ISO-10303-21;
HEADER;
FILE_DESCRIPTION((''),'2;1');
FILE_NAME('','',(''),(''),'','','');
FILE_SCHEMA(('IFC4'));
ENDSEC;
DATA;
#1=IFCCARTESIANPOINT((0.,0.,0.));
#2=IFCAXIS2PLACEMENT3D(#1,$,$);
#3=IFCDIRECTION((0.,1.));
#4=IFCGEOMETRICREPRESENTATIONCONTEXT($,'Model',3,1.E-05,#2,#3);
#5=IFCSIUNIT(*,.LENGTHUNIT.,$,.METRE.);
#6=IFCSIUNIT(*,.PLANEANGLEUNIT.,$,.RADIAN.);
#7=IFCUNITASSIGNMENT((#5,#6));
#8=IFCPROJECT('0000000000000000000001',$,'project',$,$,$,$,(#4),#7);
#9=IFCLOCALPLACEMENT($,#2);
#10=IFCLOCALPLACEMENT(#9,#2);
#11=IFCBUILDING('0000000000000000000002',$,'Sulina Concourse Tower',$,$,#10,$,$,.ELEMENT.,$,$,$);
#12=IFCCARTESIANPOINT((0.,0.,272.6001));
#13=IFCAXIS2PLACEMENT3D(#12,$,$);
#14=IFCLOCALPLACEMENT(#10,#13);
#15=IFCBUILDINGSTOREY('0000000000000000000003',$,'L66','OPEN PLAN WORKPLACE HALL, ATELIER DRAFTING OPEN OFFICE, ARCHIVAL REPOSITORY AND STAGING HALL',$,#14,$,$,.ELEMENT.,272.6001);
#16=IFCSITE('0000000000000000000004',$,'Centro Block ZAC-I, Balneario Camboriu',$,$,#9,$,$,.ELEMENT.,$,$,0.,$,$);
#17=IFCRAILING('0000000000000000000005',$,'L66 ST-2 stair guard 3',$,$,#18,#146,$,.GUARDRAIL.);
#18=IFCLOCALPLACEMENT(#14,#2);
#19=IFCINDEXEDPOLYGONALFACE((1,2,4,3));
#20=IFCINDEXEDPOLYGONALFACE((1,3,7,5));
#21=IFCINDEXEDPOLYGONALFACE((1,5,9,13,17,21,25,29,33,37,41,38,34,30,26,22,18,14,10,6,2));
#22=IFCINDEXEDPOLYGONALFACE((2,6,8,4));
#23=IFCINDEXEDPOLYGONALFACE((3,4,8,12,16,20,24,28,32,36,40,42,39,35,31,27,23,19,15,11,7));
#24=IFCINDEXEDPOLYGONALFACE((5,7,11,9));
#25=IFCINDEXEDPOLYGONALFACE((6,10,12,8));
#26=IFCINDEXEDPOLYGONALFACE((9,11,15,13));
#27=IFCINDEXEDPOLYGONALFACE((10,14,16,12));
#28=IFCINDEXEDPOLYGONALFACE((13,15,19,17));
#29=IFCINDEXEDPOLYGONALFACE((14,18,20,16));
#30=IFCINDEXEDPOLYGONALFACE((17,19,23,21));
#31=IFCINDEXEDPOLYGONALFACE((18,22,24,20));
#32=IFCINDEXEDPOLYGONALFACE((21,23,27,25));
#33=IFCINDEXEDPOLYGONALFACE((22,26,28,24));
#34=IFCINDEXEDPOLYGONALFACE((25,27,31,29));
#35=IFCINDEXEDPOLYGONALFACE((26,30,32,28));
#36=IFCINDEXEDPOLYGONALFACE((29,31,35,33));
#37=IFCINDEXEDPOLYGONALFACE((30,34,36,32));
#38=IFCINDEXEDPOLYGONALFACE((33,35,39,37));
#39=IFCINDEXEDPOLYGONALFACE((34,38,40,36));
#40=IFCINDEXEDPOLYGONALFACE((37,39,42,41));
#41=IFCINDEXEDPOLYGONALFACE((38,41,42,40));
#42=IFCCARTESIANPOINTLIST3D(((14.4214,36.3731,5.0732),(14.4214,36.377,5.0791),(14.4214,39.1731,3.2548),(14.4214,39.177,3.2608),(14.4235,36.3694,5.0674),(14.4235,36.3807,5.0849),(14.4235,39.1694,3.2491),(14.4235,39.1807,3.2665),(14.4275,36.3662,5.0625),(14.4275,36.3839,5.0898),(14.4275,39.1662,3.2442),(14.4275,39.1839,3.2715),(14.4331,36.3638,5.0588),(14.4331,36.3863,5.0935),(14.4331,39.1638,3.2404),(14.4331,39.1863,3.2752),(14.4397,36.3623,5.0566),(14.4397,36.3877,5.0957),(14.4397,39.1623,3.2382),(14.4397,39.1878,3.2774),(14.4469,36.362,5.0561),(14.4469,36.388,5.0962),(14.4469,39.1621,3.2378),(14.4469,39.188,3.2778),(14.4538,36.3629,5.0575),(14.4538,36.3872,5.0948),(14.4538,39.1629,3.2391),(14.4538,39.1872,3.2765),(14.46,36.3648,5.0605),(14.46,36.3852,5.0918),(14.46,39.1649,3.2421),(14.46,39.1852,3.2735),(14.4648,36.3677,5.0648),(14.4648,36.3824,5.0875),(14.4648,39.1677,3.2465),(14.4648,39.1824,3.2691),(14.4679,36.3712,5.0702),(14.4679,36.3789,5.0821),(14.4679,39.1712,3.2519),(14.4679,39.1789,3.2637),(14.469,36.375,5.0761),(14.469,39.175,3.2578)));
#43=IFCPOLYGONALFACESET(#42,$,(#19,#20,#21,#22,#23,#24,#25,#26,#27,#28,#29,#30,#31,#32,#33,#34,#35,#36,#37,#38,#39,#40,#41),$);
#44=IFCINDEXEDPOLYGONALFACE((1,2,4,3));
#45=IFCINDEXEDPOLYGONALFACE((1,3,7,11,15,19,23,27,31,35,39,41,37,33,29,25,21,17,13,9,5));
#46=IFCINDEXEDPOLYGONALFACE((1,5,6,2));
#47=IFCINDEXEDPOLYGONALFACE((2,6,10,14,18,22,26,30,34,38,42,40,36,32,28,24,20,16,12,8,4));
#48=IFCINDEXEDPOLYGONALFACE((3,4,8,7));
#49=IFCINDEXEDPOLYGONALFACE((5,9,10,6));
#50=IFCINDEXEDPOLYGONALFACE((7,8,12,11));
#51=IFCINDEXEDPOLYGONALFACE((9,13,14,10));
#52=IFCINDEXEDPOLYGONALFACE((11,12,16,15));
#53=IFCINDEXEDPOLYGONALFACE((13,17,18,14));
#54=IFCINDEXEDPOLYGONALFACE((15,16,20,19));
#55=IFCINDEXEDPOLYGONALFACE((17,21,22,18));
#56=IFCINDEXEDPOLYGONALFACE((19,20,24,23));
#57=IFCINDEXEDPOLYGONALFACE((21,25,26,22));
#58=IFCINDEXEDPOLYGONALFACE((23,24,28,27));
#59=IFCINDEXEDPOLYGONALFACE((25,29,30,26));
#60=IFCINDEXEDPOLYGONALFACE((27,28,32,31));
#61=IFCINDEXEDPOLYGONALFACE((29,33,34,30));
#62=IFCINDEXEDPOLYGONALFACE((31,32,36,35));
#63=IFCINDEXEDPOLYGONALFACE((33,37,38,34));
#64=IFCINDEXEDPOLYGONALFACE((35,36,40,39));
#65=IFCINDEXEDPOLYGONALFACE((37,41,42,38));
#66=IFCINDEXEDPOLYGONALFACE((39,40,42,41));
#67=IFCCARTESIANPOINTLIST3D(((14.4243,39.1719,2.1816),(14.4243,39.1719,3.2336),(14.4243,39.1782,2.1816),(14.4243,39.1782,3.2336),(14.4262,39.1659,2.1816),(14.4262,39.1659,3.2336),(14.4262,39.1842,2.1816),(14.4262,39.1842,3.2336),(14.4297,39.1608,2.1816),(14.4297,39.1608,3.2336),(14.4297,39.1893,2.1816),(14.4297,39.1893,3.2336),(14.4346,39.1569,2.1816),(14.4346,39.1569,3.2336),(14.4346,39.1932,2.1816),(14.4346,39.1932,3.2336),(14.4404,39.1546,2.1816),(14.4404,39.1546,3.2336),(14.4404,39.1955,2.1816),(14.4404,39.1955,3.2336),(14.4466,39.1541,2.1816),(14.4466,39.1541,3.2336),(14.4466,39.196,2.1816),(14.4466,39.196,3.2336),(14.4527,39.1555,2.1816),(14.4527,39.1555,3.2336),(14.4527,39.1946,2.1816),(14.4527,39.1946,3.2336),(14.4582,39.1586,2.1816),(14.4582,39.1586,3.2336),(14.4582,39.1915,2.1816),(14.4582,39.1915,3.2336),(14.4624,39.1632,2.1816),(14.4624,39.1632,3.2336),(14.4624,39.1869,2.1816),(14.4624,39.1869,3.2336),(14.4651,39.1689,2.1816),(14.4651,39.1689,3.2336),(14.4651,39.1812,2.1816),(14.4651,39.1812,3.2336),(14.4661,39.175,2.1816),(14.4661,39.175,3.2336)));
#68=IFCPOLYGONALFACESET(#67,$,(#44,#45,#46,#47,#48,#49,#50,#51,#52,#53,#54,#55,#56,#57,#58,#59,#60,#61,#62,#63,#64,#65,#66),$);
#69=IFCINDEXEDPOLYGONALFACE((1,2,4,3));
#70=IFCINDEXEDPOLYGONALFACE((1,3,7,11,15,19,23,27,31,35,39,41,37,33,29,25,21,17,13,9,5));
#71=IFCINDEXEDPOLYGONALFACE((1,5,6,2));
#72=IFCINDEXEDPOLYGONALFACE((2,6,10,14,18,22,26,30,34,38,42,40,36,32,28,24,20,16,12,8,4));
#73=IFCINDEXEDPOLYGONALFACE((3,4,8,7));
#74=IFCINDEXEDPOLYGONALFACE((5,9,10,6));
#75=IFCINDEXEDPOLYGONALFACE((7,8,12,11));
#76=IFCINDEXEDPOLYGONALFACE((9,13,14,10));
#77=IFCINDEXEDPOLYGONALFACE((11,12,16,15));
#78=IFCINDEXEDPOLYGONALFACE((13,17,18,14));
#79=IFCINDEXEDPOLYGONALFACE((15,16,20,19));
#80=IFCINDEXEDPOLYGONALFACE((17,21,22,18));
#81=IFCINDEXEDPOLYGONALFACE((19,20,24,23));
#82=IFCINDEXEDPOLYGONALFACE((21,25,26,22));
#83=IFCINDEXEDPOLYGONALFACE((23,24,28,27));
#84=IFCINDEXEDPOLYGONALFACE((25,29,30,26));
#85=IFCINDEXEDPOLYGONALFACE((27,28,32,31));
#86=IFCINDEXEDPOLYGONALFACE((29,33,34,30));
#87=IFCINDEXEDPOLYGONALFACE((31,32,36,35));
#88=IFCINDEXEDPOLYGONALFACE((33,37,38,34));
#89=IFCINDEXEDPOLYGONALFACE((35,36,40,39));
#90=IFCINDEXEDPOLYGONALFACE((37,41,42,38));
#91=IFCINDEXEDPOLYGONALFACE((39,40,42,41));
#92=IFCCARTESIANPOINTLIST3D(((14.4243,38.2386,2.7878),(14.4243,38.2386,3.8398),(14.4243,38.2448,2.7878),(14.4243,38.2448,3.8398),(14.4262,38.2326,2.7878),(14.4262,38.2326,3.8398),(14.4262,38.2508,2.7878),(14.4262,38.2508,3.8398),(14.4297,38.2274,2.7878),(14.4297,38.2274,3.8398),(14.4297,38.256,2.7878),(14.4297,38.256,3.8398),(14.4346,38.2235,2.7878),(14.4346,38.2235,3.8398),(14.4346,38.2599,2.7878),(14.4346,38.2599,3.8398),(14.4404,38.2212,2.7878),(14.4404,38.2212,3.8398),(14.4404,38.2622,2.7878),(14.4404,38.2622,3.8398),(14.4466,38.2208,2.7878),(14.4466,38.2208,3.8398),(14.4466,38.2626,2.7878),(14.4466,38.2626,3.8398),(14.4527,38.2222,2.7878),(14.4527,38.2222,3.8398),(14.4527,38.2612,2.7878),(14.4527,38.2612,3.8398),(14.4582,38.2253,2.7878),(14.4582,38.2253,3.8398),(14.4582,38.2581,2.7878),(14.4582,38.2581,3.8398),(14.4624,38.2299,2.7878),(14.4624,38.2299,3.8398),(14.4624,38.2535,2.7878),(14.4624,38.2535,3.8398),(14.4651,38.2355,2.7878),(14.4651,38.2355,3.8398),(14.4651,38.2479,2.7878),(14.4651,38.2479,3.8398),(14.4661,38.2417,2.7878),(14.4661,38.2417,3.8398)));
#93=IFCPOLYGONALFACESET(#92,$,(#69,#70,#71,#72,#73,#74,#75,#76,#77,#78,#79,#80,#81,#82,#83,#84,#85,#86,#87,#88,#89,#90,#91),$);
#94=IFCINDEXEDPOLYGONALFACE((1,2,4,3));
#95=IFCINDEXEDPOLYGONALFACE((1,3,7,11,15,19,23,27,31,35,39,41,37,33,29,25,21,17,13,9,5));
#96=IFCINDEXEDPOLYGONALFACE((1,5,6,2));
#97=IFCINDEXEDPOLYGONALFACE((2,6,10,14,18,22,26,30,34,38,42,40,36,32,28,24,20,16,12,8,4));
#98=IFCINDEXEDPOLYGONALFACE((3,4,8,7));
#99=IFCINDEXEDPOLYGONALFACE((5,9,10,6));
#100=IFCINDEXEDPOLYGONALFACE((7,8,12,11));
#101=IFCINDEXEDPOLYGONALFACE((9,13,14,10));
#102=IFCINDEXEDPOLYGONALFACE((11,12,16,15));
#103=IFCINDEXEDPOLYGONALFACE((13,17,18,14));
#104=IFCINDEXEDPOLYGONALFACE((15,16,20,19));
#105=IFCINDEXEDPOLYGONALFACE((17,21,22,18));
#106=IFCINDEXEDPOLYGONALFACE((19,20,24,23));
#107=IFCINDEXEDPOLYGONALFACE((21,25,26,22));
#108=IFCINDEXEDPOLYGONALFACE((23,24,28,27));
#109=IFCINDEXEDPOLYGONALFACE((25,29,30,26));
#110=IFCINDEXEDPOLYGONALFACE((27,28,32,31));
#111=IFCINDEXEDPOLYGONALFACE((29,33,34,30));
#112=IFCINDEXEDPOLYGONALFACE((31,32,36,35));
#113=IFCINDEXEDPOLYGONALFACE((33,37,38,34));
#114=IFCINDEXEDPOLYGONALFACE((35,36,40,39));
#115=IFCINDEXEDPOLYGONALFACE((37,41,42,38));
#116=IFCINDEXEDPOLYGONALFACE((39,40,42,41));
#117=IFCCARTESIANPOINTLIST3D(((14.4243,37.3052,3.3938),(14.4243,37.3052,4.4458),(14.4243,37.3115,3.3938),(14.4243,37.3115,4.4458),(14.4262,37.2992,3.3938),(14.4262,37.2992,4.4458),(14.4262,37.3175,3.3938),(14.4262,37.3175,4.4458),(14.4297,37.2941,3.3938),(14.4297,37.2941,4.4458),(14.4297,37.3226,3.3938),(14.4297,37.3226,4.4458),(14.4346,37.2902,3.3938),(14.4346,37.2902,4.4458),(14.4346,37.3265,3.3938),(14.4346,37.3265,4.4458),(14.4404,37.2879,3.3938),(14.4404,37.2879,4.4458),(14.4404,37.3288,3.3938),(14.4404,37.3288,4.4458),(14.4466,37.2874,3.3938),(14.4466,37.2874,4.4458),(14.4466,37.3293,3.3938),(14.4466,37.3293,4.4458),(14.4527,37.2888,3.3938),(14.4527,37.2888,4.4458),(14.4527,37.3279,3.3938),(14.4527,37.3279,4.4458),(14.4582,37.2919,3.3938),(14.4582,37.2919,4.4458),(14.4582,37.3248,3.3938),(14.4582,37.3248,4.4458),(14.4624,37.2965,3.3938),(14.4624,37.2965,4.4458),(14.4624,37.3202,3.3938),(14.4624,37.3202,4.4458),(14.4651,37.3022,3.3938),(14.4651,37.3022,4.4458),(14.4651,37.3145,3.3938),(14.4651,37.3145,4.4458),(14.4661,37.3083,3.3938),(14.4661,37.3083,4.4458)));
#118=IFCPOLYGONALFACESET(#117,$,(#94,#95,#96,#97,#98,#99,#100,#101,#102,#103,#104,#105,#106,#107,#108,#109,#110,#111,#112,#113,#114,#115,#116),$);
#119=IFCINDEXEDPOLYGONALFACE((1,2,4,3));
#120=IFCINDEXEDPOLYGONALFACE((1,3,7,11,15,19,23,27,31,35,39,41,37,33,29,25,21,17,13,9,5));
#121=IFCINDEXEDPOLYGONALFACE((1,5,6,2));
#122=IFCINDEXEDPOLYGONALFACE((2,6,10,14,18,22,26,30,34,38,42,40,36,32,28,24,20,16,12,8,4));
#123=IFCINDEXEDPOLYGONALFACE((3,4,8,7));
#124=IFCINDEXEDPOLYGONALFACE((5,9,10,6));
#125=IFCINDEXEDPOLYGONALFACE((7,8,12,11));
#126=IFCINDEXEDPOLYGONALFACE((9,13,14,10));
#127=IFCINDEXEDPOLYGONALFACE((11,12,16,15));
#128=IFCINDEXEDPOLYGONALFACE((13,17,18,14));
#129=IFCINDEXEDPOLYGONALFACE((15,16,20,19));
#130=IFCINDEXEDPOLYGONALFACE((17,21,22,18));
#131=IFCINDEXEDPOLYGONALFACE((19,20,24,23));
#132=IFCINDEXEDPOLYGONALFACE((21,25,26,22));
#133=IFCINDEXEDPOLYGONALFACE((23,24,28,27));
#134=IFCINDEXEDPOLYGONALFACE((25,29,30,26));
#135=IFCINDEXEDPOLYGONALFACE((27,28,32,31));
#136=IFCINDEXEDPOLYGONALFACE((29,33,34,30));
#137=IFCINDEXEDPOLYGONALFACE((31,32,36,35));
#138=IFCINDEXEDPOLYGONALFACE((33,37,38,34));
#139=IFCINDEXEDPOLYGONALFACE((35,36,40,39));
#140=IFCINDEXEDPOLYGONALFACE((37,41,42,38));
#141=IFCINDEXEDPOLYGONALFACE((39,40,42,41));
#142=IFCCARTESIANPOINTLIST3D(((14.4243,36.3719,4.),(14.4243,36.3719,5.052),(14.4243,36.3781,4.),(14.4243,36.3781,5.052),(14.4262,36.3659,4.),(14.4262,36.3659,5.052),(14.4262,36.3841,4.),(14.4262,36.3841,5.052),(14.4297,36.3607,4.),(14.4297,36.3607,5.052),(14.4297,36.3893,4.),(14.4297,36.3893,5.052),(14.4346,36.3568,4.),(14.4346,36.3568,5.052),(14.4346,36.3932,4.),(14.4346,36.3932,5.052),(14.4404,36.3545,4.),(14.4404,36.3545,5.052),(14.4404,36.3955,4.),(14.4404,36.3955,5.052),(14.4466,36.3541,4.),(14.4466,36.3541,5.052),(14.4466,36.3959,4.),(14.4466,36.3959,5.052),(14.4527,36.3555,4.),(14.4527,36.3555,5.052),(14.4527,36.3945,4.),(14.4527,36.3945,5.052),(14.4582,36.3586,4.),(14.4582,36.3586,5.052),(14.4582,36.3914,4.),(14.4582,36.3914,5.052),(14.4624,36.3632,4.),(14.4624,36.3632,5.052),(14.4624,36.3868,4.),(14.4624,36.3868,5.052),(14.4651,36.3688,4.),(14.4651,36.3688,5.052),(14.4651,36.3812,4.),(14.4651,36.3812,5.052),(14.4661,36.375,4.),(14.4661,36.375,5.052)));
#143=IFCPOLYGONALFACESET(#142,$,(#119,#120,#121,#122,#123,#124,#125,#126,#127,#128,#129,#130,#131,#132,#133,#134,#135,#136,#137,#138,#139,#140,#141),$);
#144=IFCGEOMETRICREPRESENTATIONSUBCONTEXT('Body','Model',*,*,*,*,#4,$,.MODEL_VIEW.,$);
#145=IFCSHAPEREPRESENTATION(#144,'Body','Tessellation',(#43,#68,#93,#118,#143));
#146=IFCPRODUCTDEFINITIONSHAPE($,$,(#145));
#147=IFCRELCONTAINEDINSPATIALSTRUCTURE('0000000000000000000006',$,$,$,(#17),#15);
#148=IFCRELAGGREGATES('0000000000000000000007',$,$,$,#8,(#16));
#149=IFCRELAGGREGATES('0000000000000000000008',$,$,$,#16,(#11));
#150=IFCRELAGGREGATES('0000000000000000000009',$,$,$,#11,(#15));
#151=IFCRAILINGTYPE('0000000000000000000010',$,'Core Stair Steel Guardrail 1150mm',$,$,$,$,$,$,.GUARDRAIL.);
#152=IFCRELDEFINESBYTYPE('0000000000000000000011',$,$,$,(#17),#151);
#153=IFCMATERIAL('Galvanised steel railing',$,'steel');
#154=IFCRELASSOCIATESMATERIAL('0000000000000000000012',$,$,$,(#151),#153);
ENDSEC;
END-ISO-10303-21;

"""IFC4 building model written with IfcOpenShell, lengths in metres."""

from ifc_helpers import new_model, si_unit, direction, frame, origin, origin_2d, place, context, subcontext, project, spatial, circle, extrude, material, type_object, element, save


model = new_model("IFC4")

# Units and contexts
model_context = context("Model", 3, precision=1e-05, world=origin(), true_north=direction((0.0, 1.0)))
body_context = subcontext(model_context, "Body", "Model", "MODEL_VIEW")
ifc_project = project(units=[si_unit("LENGTHUNIT", "METRE"), si_unit("PLANEANGLEUNIT", "RADIAN")], contexts=[model_context])

# Site, building, storey
site_placement = place(None, origin())
site = spatial("IfcSite", under=ifc_project, at=site_placement, Name="Centro Block ZAC-I, Balneario Camboriu", CompositionType="ELEMENT", RefElevation=0.0)
building_placement = place(site_placement, origin())
building = spatial("IfcBuilding", under=site, at=building_placement, Name="Sulina Concourse Tower", CompositionType="ELEMENT")
storey_placement = place(building_placement, frame((0.0, 0.0, 272.6001)))
storey = spatial("IfcBuildingStorey", under=building, at=storey_placement, Name="L66", Description="OPEN PLAN WORKPLACE HALL, ATELIER DRAFTING OPEN OFFICE, ARCHIVAL REPOSITORY AND STAGING HALL", CompositionType="ELEMENT", Elevation=272.6001)

# Railing
ifc_material_1 = material(Name="Galvanised steel railing", Category="steel")
railing_type_1 = type_object("IfcRailingType", Name="Core Stair Steel Guardrail 1150mm", PredefinedType="GUARDRAIL", material=ifc_material_1)
railing_1_placement = place(storey_placement, frame((14.4451, 39.175, 2.1816)))
element("IfcRailing", 1, at=railing_1_placement, inside=storey, type_object=railing_type_1, Name="L66 ST-2 stair guard 3", PredefinedType="GUARDRAIL", context=body_context, shape_type="SweptSolid", body=[
    extrude(circle(Radius=0.0239, at=origin_2d()), frame((0.0, 0.0, 1.0762), z_axis=(0.0, -0.838672, 0.544636), x_axis=(1.0, 0.0, 0.0)), (0.0, 0.0, 1.0), 3.3386),
    extrude(circle(Radius=0.021, at=origin_2d()), origin(), (0.0, 0.0, 1.0), 1.052),
    extrude(circle(Radius=0.021, at=origin_2d()), frame((0.0, -0.9333, 0.6062)), (0.0, 0.0, 1.0), 1.052),
    extrude(circle(Radius=0.021, at=origin_2d()), frame((0.0, -1.8667, 1.2122)), (0.0, 0.0, 1.0), 1.052),
    extrude(circle(Radius=0.021, at=origin_2d()), frame((0.0, -2.8, 1.8184)), (0.0, 0.0, 1.0), 1.052),
])

save(model, "model.ifc")
